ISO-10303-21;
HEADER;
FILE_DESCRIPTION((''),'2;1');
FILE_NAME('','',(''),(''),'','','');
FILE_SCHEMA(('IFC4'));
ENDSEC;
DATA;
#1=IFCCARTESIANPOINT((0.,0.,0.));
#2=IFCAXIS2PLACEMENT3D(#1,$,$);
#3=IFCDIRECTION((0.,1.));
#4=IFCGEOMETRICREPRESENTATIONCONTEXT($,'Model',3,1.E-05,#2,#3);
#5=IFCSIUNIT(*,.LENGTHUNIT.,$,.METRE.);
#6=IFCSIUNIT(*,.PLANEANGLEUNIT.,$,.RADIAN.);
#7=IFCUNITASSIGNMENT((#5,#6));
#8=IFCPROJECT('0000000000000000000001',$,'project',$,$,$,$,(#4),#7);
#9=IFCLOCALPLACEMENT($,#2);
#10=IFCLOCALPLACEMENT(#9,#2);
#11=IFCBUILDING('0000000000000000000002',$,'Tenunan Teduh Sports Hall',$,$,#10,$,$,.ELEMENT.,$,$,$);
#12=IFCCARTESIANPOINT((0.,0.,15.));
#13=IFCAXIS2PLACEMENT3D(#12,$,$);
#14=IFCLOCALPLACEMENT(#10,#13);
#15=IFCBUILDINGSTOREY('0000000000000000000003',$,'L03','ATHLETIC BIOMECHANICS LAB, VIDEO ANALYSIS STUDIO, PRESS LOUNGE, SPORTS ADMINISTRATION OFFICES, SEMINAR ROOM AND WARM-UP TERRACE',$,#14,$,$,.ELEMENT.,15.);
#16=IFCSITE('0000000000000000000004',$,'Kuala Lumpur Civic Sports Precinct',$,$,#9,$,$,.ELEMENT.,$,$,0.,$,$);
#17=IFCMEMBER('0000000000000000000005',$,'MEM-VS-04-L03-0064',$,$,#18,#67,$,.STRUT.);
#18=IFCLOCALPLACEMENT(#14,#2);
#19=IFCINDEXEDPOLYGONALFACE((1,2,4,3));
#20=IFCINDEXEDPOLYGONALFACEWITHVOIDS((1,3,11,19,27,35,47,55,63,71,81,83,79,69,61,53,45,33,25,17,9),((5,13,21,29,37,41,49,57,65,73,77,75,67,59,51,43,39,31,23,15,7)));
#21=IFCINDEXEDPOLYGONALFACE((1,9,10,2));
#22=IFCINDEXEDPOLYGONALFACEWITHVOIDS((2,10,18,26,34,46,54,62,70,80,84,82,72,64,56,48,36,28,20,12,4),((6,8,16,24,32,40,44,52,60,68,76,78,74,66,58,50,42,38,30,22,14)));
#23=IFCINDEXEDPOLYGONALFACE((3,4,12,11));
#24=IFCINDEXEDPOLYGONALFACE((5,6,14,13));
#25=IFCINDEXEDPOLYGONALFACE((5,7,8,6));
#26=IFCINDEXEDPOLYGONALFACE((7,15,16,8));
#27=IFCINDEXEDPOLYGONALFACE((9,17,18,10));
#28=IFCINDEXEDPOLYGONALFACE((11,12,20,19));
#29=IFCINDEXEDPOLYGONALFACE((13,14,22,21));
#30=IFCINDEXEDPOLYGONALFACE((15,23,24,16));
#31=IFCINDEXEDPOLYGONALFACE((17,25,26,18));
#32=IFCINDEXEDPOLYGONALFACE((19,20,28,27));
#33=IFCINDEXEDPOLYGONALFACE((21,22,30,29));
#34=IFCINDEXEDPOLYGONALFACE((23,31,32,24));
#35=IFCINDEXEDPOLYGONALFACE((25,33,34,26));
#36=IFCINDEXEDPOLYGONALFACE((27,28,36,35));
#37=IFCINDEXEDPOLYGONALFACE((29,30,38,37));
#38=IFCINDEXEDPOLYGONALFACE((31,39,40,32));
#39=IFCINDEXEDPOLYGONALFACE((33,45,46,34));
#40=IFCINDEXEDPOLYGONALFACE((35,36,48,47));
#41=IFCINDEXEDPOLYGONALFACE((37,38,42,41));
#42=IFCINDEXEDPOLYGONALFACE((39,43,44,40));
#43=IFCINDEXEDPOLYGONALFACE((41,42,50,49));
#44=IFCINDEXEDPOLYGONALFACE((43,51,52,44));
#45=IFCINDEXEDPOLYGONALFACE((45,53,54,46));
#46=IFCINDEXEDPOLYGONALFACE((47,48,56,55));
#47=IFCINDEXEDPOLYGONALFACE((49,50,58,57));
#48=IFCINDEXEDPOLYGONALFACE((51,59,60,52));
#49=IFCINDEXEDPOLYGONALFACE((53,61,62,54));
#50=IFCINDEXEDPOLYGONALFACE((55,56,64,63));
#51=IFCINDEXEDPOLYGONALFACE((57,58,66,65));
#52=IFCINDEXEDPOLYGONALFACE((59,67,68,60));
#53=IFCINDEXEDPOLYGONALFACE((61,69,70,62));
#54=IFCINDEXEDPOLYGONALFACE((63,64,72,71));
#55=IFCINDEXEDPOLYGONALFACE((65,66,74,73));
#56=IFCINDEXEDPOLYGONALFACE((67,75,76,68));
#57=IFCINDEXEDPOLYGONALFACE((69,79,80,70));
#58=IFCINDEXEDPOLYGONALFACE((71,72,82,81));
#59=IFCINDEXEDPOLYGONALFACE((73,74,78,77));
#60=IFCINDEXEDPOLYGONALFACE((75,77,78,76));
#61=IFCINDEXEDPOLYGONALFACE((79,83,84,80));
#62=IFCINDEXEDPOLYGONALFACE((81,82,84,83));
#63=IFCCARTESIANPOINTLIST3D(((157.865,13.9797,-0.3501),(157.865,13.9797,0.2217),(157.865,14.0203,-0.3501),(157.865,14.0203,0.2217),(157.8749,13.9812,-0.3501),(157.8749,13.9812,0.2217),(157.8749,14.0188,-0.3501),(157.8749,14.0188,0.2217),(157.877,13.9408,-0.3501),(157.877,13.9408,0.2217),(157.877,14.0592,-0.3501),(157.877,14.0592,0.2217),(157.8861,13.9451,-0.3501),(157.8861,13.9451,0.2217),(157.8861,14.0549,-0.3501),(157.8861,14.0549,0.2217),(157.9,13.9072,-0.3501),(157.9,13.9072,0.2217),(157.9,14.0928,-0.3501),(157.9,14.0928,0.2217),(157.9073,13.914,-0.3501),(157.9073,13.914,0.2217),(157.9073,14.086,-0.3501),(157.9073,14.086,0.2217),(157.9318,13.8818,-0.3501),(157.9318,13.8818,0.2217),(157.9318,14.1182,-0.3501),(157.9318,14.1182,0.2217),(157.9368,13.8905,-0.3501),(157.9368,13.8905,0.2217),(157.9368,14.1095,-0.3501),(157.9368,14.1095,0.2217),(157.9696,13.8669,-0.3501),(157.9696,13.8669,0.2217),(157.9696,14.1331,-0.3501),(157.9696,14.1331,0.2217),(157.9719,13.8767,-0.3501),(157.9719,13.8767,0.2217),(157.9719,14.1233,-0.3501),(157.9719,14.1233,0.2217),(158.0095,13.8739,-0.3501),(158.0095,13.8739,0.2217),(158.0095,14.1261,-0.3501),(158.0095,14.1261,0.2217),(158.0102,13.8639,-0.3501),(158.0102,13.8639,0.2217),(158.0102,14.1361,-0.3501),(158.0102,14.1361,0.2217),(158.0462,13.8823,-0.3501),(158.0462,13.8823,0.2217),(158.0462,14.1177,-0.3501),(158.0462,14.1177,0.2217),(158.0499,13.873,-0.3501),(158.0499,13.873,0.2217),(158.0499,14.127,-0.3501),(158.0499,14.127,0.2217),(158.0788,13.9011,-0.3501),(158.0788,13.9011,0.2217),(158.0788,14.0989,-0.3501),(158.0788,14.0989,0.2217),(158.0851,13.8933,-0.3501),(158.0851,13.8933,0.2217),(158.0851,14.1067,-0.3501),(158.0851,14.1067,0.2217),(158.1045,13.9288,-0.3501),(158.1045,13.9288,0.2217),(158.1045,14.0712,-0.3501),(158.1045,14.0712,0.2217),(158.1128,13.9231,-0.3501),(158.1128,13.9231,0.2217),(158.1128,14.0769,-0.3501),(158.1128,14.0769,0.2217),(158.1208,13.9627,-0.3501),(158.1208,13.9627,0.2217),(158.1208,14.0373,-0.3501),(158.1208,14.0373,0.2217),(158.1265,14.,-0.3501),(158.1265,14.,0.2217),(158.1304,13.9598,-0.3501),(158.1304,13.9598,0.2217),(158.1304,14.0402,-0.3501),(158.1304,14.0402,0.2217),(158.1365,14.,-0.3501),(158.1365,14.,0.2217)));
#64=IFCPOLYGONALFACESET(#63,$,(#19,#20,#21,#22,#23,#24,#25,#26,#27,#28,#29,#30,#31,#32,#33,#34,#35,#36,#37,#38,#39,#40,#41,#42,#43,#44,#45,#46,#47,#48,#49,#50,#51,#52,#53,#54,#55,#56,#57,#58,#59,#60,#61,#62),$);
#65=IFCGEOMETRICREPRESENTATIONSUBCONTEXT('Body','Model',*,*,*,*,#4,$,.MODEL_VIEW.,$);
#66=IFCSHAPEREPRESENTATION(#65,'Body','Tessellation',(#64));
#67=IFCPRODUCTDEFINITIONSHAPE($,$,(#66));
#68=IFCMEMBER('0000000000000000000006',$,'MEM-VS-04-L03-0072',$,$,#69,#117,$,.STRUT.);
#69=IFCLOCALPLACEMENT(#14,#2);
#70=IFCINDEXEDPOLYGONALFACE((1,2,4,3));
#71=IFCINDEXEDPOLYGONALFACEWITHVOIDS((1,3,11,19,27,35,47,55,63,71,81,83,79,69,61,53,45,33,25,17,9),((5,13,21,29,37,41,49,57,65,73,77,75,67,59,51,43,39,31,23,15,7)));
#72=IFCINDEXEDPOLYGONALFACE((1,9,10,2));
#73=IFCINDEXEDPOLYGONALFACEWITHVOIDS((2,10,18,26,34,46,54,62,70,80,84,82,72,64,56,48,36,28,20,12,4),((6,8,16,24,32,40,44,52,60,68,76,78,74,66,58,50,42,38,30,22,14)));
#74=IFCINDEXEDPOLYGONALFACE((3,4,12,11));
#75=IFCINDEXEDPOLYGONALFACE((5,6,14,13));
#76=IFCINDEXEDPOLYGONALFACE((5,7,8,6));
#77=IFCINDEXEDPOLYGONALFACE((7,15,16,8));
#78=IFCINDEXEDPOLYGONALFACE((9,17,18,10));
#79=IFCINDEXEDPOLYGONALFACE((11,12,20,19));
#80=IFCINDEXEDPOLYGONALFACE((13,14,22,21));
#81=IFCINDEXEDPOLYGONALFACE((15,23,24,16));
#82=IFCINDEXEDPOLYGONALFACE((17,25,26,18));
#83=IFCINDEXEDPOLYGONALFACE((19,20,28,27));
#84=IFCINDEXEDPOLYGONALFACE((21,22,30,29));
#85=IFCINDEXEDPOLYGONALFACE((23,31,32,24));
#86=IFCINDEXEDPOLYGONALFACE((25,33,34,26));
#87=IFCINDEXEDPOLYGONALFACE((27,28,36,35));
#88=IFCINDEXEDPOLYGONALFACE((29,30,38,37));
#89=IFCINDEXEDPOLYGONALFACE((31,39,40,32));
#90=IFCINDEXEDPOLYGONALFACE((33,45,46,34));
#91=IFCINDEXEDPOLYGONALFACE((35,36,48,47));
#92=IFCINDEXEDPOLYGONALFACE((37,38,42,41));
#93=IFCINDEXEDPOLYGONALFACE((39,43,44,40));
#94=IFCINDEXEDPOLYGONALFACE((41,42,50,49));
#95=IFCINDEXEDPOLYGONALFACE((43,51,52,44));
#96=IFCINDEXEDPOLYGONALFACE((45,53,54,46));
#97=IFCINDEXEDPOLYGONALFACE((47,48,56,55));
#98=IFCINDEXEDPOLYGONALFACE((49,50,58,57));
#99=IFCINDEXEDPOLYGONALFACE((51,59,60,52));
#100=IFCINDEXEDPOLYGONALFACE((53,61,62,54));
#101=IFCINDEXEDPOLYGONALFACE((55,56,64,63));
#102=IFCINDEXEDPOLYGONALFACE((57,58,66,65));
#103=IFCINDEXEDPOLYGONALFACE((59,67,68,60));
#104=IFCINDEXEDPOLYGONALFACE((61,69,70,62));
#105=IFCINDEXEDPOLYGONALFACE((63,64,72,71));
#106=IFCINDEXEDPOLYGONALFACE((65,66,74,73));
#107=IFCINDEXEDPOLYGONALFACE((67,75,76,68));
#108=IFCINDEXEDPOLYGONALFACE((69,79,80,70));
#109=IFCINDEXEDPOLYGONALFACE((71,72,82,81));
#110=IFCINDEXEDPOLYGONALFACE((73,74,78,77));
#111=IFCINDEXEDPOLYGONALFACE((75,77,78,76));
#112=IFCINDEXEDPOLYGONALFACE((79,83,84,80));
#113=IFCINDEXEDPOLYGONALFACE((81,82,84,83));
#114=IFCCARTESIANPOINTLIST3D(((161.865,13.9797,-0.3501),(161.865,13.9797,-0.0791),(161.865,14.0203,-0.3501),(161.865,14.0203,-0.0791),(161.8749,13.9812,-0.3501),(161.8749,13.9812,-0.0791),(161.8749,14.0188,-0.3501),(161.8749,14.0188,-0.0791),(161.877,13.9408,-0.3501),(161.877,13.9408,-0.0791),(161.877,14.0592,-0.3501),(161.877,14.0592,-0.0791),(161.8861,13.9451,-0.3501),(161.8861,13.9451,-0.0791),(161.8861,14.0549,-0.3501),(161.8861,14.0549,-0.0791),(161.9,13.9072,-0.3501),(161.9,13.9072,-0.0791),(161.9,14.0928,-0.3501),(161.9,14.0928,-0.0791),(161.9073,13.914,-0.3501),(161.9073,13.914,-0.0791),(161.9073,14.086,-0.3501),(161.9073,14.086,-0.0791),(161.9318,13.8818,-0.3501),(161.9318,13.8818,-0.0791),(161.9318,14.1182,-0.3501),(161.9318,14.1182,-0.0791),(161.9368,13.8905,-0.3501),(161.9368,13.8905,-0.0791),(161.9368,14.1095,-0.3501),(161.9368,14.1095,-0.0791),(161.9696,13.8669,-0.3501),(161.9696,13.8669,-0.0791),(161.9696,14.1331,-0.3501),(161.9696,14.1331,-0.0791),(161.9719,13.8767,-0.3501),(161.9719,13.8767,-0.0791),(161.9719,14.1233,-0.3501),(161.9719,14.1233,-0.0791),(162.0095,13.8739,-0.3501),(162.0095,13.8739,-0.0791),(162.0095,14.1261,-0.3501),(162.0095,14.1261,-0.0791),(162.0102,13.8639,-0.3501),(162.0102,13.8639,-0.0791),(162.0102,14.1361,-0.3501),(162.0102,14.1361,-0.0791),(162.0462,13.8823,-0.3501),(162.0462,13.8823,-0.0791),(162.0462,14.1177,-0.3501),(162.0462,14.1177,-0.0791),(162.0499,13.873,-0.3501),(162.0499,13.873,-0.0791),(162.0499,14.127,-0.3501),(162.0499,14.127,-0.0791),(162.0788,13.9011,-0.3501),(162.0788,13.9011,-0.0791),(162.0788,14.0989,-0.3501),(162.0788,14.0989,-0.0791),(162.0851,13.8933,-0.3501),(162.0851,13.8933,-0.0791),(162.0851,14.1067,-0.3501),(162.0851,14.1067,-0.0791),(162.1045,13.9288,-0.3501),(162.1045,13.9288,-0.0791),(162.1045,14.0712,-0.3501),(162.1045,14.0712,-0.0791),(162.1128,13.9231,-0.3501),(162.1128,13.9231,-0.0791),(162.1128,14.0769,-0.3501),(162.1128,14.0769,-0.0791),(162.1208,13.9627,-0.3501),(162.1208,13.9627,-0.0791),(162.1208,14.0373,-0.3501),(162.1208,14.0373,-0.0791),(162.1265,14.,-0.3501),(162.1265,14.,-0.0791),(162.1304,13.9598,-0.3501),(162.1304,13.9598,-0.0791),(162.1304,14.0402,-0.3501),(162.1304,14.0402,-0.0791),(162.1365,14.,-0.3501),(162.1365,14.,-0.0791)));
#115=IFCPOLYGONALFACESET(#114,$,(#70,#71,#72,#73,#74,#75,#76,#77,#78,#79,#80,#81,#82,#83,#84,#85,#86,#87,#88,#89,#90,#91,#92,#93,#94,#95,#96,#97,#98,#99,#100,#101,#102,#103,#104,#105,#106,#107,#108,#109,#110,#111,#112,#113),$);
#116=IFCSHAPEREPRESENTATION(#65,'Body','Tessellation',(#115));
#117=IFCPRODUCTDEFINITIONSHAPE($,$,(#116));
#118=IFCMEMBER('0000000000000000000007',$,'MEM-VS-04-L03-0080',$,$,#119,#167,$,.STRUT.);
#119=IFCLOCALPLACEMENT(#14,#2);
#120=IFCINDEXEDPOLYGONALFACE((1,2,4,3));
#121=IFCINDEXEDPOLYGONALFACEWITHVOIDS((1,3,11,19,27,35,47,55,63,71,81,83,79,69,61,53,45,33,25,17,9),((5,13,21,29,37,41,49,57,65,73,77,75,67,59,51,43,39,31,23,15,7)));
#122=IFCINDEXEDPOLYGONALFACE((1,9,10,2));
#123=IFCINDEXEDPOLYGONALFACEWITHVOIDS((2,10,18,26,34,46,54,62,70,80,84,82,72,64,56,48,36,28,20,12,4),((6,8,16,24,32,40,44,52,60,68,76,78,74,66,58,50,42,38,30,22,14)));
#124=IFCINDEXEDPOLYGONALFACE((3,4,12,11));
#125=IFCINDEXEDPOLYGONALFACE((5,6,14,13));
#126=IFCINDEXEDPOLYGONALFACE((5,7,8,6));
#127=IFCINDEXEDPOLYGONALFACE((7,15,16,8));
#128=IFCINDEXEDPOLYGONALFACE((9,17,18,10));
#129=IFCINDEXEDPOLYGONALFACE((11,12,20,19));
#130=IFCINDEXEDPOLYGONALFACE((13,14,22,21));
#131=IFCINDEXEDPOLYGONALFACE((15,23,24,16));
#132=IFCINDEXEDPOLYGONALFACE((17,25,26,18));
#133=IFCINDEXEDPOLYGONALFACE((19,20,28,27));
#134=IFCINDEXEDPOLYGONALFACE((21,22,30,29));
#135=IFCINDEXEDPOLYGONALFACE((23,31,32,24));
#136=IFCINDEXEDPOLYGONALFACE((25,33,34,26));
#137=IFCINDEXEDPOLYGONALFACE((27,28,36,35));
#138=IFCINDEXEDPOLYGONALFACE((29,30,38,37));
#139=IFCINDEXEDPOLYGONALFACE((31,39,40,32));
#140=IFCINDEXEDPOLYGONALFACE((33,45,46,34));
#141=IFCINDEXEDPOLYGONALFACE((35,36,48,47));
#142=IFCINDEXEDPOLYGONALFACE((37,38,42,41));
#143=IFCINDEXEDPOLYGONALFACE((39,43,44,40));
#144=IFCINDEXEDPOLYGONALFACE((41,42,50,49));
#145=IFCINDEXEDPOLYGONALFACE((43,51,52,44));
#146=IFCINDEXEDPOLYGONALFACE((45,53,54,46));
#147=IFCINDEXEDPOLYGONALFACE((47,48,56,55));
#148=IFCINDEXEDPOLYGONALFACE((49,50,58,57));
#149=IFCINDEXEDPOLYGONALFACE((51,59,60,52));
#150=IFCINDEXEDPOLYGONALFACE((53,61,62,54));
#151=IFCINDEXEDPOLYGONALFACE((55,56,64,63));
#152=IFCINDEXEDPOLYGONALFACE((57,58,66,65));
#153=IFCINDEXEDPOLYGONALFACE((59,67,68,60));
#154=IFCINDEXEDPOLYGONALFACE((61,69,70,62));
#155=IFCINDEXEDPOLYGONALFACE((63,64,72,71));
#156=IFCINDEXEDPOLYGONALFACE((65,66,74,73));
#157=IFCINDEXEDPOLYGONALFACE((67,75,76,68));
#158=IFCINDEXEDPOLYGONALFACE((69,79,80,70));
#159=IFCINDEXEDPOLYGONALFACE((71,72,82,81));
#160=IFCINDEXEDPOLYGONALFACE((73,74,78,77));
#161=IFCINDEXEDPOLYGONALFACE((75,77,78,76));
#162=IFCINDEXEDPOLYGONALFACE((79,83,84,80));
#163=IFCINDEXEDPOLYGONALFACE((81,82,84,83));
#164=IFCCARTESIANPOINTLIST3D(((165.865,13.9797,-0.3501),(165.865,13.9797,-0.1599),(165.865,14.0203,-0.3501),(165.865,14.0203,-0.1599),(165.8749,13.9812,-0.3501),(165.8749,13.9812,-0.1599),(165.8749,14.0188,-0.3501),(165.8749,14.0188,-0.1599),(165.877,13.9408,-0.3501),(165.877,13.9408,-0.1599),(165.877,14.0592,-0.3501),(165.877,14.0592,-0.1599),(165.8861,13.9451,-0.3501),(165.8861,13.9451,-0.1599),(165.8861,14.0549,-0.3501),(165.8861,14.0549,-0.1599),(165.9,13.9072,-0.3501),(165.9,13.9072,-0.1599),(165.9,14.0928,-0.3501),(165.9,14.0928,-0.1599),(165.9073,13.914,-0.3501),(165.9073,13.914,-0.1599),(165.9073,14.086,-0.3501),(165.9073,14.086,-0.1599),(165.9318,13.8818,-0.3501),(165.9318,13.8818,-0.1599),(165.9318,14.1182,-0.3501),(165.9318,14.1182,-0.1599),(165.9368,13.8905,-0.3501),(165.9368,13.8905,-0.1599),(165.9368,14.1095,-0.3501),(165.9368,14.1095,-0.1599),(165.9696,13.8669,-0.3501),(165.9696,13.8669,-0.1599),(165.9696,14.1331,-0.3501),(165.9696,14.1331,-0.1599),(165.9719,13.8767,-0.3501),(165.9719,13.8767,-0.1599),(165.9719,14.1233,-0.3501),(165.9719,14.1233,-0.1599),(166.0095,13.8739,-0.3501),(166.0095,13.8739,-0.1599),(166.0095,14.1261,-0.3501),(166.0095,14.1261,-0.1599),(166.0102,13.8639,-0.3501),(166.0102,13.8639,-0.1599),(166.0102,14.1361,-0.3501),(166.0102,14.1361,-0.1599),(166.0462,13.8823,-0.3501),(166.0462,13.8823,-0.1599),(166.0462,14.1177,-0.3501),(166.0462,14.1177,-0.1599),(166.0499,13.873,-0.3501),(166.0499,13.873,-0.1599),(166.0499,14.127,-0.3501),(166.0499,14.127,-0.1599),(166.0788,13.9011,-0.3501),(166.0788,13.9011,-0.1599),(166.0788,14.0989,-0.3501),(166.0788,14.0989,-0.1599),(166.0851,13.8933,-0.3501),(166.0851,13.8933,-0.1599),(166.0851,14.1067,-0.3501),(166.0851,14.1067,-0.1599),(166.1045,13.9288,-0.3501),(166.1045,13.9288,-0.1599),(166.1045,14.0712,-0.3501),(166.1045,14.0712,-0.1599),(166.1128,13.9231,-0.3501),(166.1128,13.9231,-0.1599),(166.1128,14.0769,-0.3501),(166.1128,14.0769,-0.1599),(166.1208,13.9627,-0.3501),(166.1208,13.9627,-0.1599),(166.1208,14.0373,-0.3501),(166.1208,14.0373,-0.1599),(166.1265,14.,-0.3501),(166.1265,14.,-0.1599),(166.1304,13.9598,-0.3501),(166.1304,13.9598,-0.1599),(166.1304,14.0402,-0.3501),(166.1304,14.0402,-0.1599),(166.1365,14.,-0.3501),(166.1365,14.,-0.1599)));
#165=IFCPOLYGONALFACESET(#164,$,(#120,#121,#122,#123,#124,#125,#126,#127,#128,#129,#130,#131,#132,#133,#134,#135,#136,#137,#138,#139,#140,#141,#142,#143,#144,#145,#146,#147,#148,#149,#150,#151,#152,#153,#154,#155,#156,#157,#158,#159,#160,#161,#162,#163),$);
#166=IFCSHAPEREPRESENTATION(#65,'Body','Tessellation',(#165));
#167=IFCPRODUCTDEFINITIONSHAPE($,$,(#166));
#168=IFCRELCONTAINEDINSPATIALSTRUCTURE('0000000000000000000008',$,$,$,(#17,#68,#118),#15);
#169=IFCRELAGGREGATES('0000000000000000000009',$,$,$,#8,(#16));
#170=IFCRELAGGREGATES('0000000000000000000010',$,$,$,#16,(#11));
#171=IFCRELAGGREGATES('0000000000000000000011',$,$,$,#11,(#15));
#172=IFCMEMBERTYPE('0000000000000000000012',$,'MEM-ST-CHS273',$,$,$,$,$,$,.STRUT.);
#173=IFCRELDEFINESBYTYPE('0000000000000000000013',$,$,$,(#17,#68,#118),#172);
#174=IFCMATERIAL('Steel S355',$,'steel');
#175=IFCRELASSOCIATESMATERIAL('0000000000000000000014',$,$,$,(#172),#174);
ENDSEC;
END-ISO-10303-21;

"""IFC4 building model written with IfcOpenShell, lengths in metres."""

from ifc_helpers import new_model, si_unit, direction, frame, origin, origin_2d, place, context, subcontext, project, spatial, hollow_circle, extrude, material, material_profile, profile_set, type_object, element, save


model = new_model("IFC4")

# Units and contexts
model_context = context("Model", 3, precision=1e-05, world=origin(), true_north=direction((0.0, 1.0)))
body_context = subcontext(model_context, "Body", "Model", "MODEL_VIEW")
ifc_project = project(units=[si_unit("LENGTHUNIT", "METRE"), si_unit("PLANEANGLEUNIT", "RADIAN")], contexts=[model_context])

# Site, building, storey
site_placement = place(None, origin())
site = spatial("IfcSite", under=ifc_project, at=site_placement, Name="Kuala Lumpur Civic Sports Precinct", CompositionType="ELEMENT", RefElevation=0.0)
building_placement = place(site_placement, origin())
building = spatial("IfcBuilding", under=site, at=building_placement, Name="Tenunan Teduh Sports Hall", CompositionType="ELEMENT")
storey_placement = place(building_placement, frame((0.0, 0.0, 15.0)))
storey = spatial("IfcBuildingStorey", under=building, at=storey_placement, Name="L03", Description="ATHLETIC BIOMECHANICS LAB, VIDEO ANALYSIS STUDIO, PRESS LOUNGE, SPORTS ADMINISTRATION OFFICES, SEMINAR ROOM AND WARM-UP TERRACE", CompositionType="ELEMENT", Elevation=15.0)

# Members
ifc_material_1 = material(Name="Steel S355", Category="steel")
ifc_material_profile_1 = material_profile(ifc_material_1, hollow_circle(Radius=0.1365, WallThickness=0.01, at=origin_2d()), Name="CHS 273.0x10.0")
ifc_profile_set_1 = profile_set([ifc_material_profile_1], Name="Steel S355")
member_type_1 = type_object("IfcMemberType", Name="MEM-ST-CHS273", PredefinedType="STRUT", material=ifc_profile_set_1)
member_1_placement = place(storey_placement, frame((158.0, 14.0, -0.3501), z_axis=(0.0, 0.0, 1.0), x_axis=(1.0, 0.0, 0.0)))
element("IfcMember", 1, at=member_1_placement, inside=storey, type_object=member_type_1, Name="MEM-VS-04-L03-0064", PredefinedType="STRUT", context=body_context, shape_type="SweptSolid", body=[
    extrude(hollow_circle(Radius=0.1365, WallThickness=0.01, at=origin_2d()), origin(), (0.0, 0.0, 1.0), 0.5718),
])
member_2_placement = place(storey_placement, frame((162.0, 14.0, -0.3501), z_axis=(0.0, 0.0, 1.0), x_axis=(1.0, 0.0, 0.0)))
element("IfcMember", 2, at=member_2_placement, inside=storey, type_object=member_type_1, Name="MEM-VS-04-L03-0072", PredefinedType="STRUT", context=body_context, shape_type="SweptSolid", body=[
    extrude(hollow_circle(Radius=0.1365, WallThickness=0.01, at=origin_2d()), origin(), (0.0, 0.0, 1.0), 0.271),
])
for number, where, z_axis, x_axis, name in (
    (3, (166.0, 14.0, -0.3501), (0.0, 0.0, 1.0), (1.0, 0.0, 0.0), "MEM-VS-04-L03-0080"),
):
    element("IfcMember", number, at=place(storey_placement, frame(where, z_axis=z_axis, x_axis=x_axis)), inside=storey, type_object=member_type_1, Name=name, PredefinedType="STRUT", context=body_context, shape_type="SweptSolid", body=[
        extrude(hollow_circle(Radius=0.1365, WallThickness=0.01, at=origin_2d()), origin(), (0.0, 0.0, 1.0), 0.1902),
    ])

save(model, "model.ifc")
